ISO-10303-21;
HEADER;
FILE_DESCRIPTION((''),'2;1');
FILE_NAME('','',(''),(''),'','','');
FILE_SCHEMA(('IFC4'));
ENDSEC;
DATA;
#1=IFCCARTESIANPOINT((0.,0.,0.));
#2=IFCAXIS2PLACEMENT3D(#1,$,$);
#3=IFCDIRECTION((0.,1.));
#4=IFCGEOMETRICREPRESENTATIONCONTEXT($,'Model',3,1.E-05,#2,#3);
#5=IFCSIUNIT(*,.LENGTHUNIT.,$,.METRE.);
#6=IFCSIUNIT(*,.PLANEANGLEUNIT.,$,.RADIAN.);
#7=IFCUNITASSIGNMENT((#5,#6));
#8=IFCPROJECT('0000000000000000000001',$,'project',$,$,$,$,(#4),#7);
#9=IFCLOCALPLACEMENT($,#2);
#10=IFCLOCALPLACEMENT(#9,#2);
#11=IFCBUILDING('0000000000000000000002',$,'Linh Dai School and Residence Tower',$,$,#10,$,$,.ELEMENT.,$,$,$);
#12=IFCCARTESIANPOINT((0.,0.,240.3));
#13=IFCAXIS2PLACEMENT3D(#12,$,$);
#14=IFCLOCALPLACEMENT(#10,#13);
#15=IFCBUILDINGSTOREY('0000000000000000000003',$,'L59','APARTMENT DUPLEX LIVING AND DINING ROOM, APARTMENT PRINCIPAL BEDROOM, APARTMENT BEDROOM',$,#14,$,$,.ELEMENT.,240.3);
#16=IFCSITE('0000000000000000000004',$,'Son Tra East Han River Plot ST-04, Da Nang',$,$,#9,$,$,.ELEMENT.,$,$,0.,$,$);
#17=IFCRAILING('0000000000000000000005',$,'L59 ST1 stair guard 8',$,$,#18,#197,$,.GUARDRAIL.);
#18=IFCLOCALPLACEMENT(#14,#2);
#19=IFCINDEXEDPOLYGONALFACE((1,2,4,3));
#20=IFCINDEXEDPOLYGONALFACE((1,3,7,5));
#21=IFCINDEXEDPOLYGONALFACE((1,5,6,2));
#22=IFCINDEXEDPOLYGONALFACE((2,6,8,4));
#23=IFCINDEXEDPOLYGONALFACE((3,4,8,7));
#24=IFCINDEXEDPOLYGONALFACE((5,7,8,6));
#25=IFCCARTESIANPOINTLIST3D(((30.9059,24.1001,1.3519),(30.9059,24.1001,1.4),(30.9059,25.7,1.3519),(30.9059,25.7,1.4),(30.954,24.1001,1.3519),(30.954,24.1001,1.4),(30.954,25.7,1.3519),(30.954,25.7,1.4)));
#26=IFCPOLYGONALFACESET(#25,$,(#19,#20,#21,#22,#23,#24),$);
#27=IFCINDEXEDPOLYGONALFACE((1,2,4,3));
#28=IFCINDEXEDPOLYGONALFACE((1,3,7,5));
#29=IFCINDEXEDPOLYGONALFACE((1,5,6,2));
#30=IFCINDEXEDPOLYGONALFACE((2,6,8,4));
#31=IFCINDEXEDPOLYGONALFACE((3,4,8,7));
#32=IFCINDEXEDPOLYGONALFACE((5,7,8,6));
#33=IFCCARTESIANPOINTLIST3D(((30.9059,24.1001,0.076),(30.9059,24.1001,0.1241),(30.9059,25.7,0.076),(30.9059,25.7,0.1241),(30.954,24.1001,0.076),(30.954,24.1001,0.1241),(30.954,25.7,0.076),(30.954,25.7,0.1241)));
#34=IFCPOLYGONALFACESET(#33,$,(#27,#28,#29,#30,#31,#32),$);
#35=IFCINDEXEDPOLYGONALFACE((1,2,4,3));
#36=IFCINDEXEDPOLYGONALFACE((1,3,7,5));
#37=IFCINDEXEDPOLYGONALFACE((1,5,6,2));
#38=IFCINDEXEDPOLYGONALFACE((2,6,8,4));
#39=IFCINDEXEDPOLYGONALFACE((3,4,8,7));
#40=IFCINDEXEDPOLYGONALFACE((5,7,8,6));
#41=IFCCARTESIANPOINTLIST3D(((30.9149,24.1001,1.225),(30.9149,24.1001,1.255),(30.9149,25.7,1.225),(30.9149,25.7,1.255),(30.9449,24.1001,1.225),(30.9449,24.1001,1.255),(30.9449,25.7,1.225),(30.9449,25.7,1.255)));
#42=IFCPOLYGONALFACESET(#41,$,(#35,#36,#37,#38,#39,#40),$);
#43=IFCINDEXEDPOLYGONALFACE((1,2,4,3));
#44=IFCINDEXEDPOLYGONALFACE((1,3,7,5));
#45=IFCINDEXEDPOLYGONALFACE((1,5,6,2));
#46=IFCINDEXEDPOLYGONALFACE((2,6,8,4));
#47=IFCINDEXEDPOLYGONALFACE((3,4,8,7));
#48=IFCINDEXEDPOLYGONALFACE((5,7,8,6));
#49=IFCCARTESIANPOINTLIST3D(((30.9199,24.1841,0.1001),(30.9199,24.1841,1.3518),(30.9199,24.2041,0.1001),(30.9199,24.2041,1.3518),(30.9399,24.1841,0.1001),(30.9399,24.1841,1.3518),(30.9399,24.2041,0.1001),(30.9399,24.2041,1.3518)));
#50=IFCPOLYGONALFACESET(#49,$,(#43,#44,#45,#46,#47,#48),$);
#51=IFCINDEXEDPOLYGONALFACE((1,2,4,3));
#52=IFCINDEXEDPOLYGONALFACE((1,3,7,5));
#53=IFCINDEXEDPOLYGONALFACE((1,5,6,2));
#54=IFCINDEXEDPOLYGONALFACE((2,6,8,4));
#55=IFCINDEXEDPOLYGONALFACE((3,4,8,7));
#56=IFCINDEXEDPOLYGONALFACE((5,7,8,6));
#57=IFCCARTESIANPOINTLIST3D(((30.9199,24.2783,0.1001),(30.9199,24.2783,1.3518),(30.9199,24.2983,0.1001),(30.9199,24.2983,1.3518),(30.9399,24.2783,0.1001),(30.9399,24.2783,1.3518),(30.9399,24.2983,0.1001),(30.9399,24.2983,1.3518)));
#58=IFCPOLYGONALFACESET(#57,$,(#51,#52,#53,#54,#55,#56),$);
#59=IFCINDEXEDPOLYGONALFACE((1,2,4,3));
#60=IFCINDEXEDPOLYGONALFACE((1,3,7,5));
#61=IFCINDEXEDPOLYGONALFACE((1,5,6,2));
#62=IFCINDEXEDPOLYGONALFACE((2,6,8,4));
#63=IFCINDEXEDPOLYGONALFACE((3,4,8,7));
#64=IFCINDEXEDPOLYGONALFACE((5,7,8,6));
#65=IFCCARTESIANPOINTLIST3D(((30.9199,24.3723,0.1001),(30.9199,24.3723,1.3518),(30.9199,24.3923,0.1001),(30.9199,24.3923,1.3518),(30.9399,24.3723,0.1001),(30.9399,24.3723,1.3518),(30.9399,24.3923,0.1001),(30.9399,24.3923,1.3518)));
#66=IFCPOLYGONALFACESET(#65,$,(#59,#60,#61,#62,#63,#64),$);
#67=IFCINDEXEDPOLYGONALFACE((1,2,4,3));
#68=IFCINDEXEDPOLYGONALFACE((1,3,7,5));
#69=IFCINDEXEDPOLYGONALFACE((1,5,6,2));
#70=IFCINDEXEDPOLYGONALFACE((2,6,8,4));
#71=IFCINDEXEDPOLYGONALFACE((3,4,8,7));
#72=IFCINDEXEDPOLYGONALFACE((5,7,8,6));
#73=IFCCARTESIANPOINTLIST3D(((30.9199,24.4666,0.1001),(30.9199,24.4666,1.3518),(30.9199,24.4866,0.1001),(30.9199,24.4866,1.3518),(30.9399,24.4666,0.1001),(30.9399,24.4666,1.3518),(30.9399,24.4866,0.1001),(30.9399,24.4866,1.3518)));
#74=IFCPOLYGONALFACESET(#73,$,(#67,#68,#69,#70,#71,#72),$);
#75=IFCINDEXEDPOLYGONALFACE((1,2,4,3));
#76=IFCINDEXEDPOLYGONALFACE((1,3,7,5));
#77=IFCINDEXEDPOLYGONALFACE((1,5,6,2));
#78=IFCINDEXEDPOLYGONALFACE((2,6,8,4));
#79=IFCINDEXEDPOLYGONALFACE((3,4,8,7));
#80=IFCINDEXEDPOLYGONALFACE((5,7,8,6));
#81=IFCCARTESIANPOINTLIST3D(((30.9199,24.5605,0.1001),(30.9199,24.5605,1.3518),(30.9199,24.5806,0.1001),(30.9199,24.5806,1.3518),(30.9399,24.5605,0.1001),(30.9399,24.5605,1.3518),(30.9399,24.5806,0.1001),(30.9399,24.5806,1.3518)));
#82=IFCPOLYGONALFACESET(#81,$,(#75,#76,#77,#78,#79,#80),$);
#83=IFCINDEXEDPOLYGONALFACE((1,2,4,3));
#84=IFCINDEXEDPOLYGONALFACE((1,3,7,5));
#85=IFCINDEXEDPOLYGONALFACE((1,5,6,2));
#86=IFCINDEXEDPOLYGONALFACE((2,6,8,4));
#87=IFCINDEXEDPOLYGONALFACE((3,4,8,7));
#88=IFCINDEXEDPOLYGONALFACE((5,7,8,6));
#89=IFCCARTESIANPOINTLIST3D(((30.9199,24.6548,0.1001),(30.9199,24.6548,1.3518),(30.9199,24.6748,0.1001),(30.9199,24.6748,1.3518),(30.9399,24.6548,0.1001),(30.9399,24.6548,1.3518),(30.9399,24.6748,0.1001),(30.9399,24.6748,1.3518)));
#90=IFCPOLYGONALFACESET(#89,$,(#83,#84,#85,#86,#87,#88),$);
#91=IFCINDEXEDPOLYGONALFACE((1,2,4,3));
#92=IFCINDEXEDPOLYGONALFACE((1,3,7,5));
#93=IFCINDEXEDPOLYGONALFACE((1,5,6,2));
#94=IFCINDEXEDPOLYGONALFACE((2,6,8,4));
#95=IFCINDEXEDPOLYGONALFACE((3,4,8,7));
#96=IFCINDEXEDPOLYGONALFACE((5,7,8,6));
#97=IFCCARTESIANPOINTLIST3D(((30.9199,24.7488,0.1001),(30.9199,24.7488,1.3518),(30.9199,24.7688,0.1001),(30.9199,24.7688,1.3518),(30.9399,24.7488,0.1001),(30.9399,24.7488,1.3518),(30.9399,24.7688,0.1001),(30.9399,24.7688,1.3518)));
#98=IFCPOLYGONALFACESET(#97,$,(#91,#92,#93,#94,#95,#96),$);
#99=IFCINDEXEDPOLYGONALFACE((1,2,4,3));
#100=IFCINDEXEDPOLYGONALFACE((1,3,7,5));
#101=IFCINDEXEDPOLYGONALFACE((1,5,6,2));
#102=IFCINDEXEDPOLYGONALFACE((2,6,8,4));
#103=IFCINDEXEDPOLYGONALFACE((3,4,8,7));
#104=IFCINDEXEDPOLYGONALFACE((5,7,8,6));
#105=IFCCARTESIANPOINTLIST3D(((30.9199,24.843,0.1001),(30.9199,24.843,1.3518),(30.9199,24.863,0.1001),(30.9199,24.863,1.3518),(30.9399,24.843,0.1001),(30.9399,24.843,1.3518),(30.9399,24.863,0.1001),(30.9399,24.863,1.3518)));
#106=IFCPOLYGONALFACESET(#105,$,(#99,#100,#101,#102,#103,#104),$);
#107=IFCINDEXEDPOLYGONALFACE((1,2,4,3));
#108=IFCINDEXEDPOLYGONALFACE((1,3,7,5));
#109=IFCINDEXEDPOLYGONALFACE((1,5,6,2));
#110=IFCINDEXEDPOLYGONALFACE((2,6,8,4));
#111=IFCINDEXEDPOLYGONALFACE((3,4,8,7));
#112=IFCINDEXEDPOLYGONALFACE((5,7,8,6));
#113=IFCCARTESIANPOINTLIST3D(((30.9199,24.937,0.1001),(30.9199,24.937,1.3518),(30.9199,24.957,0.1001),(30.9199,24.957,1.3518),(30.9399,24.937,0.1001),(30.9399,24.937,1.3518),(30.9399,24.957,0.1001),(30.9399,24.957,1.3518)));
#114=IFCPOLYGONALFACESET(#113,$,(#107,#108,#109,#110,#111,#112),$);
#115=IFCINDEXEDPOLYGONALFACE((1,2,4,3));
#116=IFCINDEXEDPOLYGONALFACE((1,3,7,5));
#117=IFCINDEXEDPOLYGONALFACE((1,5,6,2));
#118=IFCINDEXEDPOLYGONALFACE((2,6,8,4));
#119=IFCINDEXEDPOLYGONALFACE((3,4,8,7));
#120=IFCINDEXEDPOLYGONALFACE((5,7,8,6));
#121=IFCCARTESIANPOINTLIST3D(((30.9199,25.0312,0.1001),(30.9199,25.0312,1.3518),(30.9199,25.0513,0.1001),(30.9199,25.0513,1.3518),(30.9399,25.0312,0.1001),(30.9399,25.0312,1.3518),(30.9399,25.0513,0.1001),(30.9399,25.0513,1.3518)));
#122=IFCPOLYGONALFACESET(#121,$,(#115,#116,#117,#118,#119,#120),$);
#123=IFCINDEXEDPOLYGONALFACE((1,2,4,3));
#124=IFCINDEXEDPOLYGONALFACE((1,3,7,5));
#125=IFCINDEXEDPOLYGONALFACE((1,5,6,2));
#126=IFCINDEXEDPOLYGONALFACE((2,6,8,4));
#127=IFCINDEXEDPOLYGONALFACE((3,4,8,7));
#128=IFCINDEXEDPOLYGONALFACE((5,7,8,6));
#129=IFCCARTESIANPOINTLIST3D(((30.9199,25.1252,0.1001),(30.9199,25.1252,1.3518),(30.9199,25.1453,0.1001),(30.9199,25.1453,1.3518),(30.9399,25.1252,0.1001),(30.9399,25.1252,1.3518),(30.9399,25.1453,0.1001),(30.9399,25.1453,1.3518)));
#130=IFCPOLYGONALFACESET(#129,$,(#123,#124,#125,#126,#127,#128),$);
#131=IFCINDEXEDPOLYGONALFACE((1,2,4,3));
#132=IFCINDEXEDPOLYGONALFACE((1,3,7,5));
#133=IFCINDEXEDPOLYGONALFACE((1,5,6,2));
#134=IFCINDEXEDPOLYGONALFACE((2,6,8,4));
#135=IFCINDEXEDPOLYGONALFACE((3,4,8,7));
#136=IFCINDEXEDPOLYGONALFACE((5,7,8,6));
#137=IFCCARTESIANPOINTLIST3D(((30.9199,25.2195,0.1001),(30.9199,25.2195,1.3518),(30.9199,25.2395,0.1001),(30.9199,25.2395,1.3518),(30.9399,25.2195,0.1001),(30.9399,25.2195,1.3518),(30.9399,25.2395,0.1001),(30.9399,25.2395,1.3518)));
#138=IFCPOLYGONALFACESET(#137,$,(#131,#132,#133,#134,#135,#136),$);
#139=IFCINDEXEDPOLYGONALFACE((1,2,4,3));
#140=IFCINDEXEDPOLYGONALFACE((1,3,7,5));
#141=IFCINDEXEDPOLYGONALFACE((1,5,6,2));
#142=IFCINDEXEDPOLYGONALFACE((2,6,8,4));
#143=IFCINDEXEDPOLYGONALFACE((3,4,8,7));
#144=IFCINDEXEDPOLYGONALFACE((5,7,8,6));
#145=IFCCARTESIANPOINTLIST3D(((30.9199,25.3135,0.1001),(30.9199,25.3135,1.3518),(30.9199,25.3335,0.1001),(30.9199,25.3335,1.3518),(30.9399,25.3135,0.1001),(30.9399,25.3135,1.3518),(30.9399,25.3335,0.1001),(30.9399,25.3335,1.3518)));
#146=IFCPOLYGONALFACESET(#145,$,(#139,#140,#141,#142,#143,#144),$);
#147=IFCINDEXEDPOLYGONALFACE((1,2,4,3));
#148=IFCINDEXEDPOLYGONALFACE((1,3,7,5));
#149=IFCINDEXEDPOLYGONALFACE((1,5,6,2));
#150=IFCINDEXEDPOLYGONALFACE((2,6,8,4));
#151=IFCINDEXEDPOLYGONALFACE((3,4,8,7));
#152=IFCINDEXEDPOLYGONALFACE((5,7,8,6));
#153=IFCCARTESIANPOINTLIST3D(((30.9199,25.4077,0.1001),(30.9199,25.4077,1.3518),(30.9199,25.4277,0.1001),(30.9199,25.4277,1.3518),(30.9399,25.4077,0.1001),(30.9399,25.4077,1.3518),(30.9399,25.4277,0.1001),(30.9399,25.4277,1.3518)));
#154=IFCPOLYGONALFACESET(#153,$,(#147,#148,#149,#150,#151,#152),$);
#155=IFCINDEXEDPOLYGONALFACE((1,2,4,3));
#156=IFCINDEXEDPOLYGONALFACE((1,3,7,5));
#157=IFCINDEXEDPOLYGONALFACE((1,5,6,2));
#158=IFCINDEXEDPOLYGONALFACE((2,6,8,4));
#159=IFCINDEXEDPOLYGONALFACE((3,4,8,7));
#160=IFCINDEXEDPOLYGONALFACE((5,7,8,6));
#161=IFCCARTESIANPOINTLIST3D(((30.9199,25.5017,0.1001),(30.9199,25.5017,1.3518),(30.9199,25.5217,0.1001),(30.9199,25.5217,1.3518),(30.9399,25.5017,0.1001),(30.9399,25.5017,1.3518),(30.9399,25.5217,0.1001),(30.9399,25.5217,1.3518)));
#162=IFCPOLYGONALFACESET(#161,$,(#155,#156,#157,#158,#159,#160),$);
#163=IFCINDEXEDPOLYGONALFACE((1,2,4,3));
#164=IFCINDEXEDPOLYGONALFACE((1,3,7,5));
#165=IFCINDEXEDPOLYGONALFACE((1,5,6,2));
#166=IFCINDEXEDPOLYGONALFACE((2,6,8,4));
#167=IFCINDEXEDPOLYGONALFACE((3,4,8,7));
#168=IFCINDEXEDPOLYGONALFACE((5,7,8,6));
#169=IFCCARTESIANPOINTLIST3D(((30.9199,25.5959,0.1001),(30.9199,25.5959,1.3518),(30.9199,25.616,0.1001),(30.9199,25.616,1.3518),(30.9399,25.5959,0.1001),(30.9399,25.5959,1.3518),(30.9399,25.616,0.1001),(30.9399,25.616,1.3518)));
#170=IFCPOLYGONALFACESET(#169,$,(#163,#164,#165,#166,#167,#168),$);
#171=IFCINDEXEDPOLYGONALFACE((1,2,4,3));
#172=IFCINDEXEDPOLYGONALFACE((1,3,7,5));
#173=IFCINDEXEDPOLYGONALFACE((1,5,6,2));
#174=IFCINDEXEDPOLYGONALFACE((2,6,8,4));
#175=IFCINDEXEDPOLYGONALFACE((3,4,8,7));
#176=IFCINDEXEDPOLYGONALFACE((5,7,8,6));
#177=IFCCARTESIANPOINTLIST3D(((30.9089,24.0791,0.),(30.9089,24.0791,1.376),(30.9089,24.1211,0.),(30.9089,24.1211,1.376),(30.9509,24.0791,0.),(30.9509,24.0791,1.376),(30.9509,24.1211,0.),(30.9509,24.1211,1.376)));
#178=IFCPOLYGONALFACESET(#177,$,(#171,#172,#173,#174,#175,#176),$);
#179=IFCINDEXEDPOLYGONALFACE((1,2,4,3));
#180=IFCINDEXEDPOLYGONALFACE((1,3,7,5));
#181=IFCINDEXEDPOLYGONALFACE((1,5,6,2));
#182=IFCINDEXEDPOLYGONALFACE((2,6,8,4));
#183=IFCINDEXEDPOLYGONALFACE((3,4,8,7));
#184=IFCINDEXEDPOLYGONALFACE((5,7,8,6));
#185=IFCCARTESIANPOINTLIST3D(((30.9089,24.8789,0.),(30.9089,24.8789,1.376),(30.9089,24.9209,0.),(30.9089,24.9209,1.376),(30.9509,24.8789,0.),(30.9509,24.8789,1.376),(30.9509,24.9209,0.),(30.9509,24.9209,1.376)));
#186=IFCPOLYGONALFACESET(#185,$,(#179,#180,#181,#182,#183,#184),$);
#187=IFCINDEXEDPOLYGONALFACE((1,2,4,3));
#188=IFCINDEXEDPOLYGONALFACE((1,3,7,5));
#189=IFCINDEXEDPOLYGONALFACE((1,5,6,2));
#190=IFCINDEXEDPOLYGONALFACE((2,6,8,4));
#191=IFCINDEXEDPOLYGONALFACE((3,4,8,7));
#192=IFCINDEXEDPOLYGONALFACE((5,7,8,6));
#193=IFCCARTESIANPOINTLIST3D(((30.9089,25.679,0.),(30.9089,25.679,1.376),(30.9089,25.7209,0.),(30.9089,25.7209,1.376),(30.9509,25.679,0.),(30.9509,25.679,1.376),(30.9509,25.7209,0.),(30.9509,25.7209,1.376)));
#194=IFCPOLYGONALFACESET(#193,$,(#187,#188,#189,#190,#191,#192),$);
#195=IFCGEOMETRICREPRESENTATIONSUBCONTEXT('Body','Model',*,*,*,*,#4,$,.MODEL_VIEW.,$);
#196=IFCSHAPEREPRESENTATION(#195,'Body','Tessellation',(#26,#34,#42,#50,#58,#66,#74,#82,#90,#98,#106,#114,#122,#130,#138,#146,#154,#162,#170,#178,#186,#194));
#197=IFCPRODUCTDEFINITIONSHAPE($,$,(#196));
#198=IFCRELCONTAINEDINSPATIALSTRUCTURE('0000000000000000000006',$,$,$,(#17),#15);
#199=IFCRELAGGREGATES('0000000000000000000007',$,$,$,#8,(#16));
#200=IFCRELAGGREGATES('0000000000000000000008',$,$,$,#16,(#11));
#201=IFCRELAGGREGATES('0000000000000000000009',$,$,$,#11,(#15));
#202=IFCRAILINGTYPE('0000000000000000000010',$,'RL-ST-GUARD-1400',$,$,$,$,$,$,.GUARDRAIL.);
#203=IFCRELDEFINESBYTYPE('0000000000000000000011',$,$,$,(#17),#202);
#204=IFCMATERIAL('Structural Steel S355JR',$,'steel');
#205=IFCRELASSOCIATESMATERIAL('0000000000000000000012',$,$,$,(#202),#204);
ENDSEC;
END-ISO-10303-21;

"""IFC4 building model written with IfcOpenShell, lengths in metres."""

from ifc_helpers import new_model, si_unit, direction, frame, origin, origin_2d, place, context, subcontext, project, spatial, rectangle, extrude, source, transform, mapped, material, type_object, element, save


model = new_model("IFC4")

# Units and contexts
model_context = context("Model", 3, precision=1e-05, world=origin(), true_north=direction((0.0, 1.0)))
body_context = subcontext(model_context, "Body", "Model", "MODEL_VIEW")
ifc_project = project(units=[si_unit("LENGTHUNIT", "METRE"), si_unit("PLANEANGLEUNIT", "RADIAN")], contexts=[model_context])

# Site, building, storey
site_placement = place(None, origin())
site = spatial("IfcSite", under=ifc_project, at=site_placement, Name="Son Tra East Han River Plot ST-04, Da Nang", CompositionType="ELEMENT", RefElevation=0.0)
building_placement = place(site_placement, origin())
building = spatial("IfcBuilding", under=site, at=building_placement, Name="Linh Dai School and Residence Tower", CompositionType="ELEMENT")
storey_placement = place(building_placement, frame((0.0, 0.0, 240.3)))
storey = spatial("IfcBuildingStorey", under=building, at=storey_placement, Name="L59", Description="APARTMENT DUPLEX LIVING AND DINING ROOM, APARTMENT PRINCIPAL BEDROOM, APARTMENT BEDROOM", CompositionType="ELEMENT", Elevation=240.3)

# Shared definitions
ifc_material_1 = material(Name="Structural Steel S355JR", Category="steel")

# Railing
railing_type = type_object("IfcRailingType", Name="RL-ST-GUARD-1400", PredefinedType="GUARDRAIL", material=ifc_material_1)
shared_shape_1 = source(origin(), body_context, "Body", "SweptSolid", [
    extrude(rectangle(XDim=0.0481, YDim=0.0481, at=origin_2d()), frame((0.0, 0.0, 1.376), z_axis=(0.0, 1.0, 0.0), x_axis=(-1.0, 0.0, 0.0)), (0.0, 0.0, 1.0), 1.5999),
    extrude(rectangle(XDim=0.0481, YDim=0.0481, at=origin_2d()), frame((0.0, 0.0, 0.1001), z_axis=(0.0, 1.0, 0.0), x_axis=(-1.0, 0.0, 0.0)), (0.0, 0.0, 1.0), 1.5999),
    extrude(rectangle(XDim=0.03, YDim=0.03, at=origin_2d()), frame((0.0, 0.0, 1.24), z_axis=(0.0, 1.0, 0.0), x_axis=(-1.0, 0.0, 0.0)), (0.0, 0.0, 1.0), 1.5999),
    extrude(rectangle(XDim=0.02, YDim=0.02, at=origin_2d()), frame((0.0, 0.094, 0.1001)), (0.0, 0.0, 1.0), 1.2517),
    extrude(rectangle(XDim=0.02, YDim=0.02, at=origin_2d()), frame((0.0, 0.1882, 0.1001)), (0.0, 0.0, 1.0), 1.2517),
    extrude(rectangle(XDim=0.02, YDim=0.02, at=origin_2d()), frame((0.0, 0.2822, 0.1001)), (0.0, 0.0, 1.0), 1.2517),
    extrude(rectangle(XDim=0.02, YDim=0.02, at=origin_2d()), frame((0.0, 0.3765, 0.1001)), (0.0, 0.0, 1.0), 1.2517),
    extrude(rectangle(XDim=0.02, YDim=0.02, at=origin_2d()), frame((0.0, 0.4705, 0.1001)), (0.0, 0.0, 1.0), 1.2517),
    extrude(rectangle(XDim=0.02, YDim=0.02, at=origin_2d()), frame((0.0, 0.5647, 0.1001)), (0.0, 0.0, 1.0), 1.2517),
    extrude(rectangle(XDim=0.02, YDim=0.02, at=origin_2d()), frame((0.0, 0.6587, 0.1001)), (0.0, 0.0, 1.0), 1.2517),
    extrude(rectangle(XDim=0.02, YDim=0.02, at=origin_2d()), frame((0.0, 0.7529, 0.1001)), (0.0, 0.0, 1.0), 1.2517),
    extrude(rectangle(XDim=0.02, YDim=0.02, at=origin_2d()), frame((0.0, 0.8469, 0.1001)), (0.0, 0.0, 1.0), 1.2517),
    extrude(rectangle(XDim=0.02, YDim=0.02, at=origin_2d()), frame((0.0, 0.9412, 0.1001)), (0.0, 0.0, 1.0), 1.2517),
    extrude(rectangle(XDim=0.02, YDim=0.02, at=origin_2d()), frame((0.0, 1.0352, 0.1001)), (0.0, 0.0, 1.0), 1.2517),
    extrude(rectangle(XDim=0.02, YDim=0.02, at=origin_2d()), frame((0.0, 1.1294, 0.1001)), (0.0, 0.0, 1.0), 1.2517),
    extrude(rectangle(XDim=0.02, YDim=0.02, at=origin_2d()), frame((0.0, 1.2234, 0.1001)), (0.0, 0.0, 1.0), 1.2517),
    extrude(rectangle(XDim=0.02, YDim=0.02, at=origin_2d()), frame((0.0, 1.3176, 0.1001)), (0.0, 0.0, 1.0), 1.2517),
    extrude(rectangle(XDim=0.02, YDim=0.02, at=origin_2d()), frame((0.0, 1.4116, 0.1001)), (0.0, 0.0, 1.0), 1.2517),
    extrude(rectangle(XDim=0.02, YDim=0.02, at=origin_2d()), frame((0.0, 1.5059, 0.1001)), (0.0, 0.0, 1.0), 1.2517),
    extrude(rectangle(XDim=0.042, YDim=0.042, at=origin_2d()), origin(), (0.0, 0.0, 1.0), 1.376),
    extrude(rectangle(XDim=0.042, YDim=0.042, at=origin_2d()), frame((0.0, 0.7998, 0.0)), (0.0, 0.0, 1.0), 1.376),
    extrude(rectangle(XDim=0.042, YDim=0.042, at=origin_2d()), frame((0.0, 1.5999, 0.0)), (0.0, 0.0, 1.0), 1.376),
])
for number, where, name in (
    (1, (30.9299, 24.1001, 0.0), "L59 ST1 stair guard 8"),
):
    element("IfcRailing", number, at=place(storey_placement, frame(where)), inside=storey, type_object=railing_type, Name=name, PredefinedType="GUARDRAIL", context=body_context, shape_type="MappedRepresentation", body=[
        mapped(shared_shape_1, transform((0.0, 0.0, 0.0), x_axis=(1.0, 0.0, 0.0), y_axis=(0.0, 1.0, 0.0), z_axis=(0.0, 0.0, 1.0), scale=1.0)),
    ])

save(model, "model.ifc")
